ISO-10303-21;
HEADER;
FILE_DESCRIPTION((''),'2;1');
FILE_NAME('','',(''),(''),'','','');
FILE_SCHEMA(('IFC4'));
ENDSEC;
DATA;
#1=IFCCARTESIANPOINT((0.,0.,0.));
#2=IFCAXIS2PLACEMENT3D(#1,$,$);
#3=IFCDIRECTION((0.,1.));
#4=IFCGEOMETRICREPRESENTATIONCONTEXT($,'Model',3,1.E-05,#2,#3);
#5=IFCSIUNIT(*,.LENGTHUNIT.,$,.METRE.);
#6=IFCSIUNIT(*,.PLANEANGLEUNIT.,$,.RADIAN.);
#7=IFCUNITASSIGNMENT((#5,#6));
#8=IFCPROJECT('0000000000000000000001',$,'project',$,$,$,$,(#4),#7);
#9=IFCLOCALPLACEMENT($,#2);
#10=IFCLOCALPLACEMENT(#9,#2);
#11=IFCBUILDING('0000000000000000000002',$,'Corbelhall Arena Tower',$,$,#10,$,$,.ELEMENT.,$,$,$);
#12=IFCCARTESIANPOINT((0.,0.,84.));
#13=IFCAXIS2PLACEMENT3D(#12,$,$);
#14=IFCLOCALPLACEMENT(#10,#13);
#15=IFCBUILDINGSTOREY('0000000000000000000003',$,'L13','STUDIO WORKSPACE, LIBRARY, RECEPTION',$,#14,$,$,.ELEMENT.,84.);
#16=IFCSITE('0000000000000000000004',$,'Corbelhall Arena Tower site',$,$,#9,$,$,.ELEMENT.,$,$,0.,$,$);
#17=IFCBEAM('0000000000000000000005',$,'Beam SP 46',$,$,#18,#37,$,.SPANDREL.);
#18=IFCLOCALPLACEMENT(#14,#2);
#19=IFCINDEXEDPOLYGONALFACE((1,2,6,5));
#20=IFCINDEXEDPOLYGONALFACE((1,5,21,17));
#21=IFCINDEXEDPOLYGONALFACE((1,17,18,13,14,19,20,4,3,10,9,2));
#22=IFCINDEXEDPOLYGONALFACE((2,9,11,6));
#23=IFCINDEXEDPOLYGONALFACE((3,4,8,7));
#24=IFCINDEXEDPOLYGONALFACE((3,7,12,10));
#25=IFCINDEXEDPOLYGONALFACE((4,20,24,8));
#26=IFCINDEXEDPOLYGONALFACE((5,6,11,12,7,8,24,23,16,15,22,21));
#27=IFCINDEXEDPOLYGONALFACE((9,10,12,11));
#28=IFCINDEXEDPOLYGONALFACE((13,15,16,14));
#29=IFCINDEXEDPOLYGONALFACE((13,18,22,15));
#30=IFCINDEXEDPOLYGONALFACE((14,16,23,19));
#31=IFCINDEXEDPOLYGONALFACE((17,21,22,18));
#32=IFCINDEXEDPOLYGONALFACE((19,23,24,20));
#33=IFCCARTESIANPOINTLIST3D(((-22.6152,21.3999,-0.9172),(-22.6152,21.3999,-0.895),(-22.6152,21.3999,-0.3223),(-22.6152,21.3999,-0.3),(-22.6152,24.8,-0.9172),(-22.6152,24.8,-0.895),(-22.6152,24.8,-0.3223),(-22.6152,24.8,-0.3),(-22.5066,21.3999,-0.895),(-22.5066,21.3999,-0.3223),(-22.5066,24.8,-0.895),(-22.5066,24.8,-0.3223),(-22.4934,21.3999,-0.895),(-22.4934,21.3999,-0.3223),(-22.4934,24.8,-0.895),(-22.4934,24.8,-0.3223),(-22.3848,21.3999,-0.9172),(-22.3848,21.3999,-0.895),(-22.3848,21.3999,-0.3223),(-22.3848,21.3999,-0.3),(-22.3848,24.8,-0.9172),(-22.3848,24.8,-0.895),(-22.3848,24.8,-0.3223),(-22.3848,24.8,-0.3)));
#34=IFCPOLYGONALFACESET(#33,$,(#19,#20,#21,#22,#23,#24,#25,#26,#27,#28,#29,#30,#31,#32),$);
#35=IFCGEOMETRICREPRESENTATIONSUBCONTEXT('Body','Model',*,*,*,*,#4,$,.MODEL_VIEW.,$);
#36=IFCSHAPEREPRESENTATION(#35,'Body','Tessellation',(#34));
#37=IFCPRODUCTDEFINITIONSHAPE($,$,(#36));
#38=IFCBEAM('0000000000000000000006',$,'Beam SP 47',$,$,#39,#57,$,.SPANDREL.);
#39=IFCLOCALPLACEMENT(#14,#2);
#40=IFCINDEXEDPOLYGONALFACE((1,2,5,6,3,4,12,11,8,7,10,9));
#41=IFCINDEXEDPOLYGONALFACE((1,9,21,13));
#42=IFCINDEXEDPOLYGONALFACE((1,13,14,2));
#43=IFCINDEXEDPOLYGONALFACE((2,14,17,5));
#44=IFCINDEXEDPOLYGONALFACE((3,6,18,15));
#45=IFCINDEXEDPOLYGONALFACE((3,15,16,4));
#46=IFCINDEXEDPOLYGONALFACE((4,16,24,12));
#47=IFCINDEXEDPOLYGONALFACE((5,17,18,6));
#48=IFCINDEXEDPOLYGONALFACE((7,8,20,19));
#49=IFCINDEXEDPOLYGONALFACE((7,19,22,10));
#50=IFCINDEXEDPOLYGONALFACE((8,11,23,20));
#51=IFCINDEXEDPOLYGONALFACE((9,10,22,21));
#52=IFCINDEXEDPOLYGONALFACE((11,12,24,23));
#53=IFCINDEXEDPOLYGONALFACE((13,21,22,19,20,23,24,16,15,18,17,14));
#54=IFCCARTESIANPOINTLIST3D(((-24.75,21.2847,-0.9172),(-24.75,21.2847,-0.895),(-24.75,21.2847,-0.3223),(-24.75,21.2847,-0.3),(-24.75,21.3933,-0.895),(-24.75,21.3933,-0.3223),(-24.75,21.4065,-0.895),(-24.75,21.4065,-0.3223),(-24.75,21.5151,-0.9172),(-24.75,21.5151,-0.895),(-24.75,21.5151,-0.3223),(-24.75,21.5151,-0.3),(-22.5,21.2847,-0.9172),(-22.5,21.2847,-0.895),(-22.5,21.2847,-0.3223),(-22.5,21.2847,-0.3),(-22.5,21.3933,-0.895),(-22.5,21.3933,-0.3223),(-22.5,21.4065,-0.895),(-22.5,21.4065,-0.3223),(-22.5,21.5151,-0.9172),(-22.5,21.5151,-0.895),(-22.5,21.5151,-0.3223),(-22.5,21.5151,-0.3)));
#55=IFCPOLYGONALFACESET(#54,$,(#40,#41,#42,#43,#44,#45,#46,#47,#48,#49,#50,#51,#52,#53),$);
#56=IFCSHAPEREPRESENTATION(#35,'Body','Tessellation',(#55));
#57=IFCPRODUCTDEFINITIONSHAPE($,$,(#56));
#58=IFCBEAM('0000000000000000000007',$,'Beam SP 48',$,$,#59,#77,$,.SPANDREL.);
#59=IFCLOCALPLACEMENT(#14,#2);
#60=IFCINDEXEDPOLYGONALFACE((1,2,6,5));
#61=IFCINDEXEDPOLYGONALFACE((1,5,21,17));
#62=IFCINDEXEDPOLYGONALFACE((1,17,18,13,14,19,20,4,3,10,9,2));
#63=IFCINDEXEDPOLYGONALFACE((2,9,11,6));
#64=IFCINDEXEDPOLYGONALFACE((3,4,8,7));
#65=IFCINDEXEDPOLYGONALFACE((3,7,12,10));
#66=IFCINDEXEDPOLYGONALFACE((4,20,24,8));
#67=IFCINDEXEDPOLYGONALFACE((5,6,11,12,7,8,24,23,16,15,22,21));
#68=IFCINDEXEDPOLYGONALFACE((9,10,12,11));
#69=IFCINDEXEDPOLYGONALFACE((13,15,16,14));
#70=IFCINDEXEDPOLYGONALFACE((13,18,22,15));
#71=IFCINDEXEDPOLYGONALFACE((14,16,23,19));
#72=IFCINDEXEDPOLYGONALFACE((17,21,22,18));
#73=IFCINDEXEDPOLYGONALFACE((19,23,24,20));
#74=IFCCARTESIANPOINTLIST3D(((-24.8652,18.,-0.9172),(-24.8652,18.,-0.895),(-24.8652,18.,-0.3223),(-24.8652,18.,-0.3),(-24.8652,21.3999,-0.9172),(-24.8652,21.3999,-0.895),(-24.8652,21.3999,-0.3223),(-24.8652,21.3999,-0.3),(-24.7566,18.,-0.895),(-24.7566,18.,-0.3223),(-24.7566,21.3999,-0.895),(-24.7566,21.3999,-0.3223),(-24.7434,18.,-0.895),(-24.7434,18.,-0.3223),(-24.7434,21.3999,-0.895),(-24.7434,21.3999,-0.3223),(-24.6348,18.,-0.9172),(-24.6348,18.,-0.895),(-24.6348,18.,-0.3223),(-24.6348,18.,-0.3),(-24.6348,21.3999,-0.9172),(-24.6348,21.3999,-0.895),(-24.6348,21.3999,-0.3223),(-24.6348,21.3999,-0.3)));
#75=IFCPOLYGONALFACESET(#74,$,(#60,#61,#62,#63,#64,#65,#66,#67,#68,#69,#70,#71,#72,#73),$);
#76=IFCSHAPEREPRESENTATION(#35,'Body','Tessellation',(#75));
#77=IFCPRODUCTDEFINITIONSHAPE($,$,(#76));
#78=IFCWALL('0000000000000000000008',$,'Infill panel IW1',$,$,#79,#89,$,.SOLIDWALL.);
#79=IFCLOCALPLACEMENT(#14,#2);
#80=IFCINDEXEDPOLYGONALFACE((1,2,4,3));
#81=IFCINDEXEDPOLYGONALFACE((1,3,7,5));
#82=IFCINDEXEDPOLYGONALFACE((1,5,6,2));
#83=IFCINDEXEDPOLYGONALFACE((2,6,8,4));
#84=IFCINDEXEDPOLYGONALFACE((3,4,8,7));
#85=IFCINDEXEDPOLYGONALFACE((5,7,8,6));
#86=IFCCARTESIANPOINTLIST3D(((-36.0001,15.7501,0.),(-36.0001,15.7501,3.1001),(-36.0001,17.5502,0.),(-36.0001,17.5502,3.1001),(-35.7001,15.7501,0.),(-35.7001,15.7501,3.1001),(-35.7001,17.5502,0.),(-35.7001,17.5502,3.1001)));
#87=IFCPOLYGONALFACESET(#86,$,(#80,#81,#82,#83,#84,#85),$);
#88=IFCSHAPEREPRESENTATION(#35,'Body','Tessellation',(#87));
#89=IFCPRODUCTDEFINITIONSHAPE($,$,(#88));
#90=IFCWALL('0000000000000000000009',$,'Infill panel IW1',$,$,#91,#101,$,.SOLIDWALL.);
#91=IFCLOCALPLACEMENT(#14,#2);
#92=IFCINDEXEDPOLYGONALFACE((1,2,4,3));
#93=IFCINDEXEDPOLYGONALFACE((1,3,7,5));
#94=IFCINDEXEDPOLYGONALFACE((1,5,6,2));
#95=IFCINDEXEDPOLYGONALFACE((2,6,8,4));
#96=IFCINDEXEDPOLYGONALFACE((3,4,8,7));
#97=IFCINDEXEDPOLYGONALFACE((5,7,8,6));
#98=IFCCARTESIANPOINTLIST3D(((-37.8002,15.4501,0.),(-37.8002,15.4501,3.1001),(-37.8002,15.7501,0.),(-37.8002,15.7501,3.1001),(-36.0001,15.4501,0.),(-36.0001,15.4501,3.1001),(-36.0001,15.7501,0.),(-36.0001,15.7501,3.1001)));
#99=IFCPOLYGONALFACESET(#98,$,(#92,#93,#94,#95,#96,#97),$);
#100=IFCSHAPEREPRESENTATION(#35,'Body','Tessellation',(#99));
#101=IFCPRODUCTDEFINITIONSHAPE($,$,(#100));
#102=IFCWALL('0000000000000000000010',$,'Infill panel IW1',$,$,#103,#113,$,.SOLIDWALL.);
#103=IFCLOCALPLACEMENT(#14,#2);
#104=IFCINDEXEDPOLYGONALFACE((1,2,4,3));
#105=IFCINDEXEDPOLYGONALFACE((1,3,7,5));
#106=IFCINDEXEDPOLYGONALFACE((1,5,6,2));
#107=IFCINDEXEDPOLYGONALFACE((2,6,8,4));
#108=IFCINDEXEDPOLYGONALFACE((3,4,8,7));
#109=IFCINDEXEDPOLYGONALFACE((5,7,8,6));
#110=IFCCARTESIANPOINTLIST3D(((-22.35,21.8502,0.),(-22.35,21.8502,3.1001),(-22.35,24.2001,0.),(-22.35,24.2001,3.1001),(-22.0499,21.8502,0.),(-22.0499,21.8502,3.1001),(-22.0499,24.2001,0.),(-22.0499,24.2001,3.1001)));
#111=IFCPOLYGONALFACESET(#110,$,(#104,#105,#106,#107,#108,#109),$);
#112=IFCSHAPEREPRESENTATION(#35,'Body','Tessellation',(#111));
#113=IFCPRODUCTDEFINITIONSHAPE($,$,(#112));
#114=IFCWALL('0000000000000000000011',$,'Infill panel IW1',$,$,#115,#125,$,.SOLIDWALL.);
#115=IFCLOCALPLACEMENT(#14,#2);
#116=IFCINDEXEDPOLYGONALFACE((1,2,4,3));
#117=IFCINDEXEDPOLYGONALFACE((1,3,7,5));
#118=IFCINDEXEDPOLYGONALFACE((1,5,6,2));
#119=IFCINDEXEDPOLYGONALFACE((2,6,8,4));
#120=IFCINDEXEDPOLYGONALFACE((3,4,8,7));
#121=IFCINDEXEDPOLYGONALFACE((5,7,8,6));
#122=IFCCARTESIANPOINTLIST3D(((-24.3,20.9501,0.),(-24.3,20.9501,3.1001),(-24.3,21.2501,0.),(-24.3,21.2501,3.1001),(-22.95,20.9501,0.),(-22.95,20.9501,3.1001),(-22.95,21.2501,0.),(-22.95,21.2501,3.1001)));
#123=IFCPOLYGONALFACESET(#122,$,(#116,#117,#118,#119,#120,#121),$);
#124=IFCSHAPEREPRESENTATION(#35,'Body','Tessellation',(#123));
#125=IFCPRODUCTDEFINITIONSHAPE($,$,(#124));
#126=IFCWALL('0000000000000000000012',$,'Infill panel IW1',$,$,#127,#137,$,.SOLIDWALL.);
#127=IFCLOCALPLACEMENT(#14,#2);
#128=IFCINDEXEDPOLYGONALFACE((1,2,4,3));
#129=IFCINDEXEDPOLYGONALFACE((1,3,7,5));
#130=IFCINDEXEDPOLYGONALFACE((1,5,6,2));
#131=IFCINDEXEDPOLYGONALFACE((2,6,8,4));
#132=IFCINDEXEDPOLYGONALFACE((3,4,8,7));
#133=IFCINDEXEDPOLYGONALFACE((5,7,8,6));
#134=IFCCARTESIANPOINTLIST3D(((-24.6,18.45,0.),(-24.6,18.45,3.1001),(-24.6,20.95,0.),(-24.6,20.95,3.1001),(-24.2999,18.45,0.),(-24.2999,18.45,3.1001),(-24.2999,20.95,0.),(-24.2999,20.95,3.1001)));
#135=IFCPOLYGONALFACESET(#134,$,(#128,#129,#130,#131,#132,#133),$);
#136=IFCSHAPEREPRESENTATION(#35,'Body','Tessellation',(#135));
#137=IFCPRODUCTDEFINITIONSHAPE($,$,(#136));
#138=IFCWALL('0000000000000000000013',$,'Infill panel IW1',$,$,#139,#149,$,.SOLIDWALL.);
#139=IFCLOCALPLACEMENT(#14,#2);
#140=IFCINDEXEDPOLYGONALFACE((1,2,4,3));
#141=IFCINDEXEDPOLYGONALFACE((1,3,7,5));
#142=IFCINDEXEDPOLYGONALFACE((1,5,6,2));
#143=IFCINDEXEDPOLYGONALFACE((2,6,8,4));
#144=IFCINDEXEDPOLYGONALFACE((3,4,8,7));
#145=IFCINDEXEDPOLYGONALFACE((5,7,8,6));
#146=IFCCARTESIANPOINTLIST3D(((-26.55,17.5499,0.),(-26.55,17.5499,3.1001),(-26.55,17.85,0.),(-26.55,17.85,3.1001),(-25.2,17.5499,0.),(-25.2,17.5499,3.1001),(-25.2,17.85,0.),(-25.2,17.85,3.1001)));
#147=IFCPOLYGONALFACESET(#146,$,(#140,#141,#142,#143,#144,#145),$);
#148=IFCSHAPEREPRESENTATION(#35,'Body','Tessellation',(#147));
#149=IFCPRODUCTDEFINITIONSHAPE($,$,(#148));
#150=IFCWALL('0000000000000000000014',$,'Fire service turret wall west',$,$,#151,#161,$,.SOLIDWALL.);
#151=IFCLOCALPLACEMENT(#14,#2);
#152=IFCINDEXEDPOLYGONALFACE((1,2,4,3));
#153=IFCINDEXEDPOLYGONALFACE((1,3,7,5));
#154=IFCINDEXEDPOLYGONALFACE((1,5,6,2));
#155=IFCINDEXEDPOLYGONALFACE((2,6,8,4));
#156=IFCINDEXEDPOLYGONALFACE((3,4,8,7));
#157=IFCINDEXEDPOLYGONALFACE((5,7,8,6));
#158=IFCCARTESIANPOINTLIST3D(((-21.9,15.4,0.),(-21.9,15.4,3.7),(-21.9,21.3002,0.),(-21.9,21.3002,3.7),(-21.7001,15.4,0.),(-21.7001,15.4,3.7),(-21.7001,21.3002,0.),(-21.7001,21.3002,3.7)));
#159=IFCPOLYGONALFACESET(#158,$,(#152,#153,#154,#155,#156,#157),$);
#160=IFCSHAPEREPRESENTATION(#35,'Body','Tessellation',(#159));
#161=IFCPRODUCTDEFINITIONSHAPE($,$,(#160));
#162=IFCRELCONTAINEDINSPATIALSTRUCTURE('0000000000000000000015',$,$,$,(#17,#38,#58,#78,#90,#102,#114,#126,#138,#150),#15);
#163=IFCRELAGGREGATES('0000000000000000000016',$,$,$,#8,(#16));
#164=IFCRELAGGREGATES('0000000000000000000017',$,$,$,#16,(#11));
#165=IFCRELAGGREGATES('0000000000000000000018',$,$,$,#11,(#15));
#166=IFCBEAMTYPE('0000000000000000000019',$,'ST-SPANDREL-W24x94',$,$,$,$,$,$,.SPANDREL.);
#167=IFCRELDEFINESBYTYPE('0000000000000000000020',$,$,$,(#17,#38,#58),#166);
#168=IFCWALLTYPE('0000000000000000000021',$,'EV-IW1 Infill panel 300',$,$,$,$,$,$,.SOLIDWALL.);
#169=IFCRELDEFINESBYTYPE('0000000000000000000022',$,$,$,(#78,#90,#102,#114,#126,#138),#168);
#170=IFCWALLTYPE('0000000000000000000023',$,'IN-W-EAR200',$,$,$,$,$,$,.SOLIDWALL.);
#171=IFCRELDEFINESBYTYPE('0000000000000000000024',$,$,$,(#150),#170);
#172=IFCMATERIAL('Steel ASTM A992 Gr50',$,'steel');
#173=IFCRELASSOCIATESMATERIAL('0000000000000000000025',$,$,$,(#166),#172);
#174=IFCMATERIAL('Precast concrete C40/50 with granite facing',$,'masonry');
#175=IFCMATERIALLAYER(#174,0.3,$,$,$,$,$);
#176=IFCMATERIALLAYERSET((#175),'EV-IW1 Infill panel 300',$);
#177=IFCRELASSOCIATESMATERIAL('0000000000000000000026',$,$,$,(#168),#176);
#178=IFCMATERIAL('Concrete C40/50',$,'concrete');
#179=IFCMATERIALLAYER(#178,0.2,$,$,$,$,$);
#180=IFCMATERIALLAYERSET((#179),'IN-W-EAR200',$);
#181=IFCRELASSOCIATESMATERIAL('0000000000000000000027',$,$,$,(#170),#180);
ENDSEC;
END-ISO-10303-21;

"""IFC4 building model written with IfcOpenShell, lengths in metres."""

from ifc_helpers import new_model, si_unit, direction, frame, frame_2d, origin, origin_2d, place, context, subcontext, project, spatial, rectangle, i_section, extrude, material, layer, layer_set, material_profile, profile_set, type_object, element, save


model = new_model("IFC4")

# Units and contexts
model_context = context("Model", 3, precision=1e-05, world=origin(), true_north=direction((0.0, 1.0)))
body_context = subcontext(model_context, "Body", "Model", "MODEL_VIEW")
ifc_project = project(units=[si_unit("LENGTHUNIT", "METRE"), si_unit("PLANEANGLEUNIT", "RADIAN")], contexts=[model_context])

# Site, building, storey
site_placement = place(None, origin())
site = spatial("IfcSite", under=ifc_project, at=site_placement, Name="Corbelhall Arena Tower site", CompositionType="ELEMENT", RefElevation=0.0)
building_placement = place(site_placement, origin())
building = spatial("IfcBuilding", under=site, at=building_placement, Name="Corbelhall Arena Tower", CompositionType="ELEMENT")
storey_placement = place(building_placement, frame((0.0, 0.0, 84.0)))
storey = spatial("IfcBuildingStorey", under=building, at=storey_placement, Name="L13", Description="STUDIO WORKSPACE, LIBRARY, RECEPTION", CompositionType="ELEMENT", Elevation=84.0)

# Beams
ifc_material_1 = material(Name="Steel ASTM A992 Gr50", Category="steel")
ifc_material_profile_1 = material_profile(ifc_material_1, i_section(OverallWidth=0.2305, OverallDepth=0.6172, WebThickness=0.0132, FlangeThickness=0.0222, at=origin_2d()))
ifc_profile_set_1 = profile_set([ifc_material_profile_1], Name="Steel ASTM A992 Gr50")
beam_type = type_object("IfcBeamType", Name="ST-SPANDREL-W24x94", PredefinedType="SPANDREL", material=ifc_profile_set_1)
beam_1_placement = place(storey_placement, frame((-22.5, 21.3999, -0.6086), z_axis=(0.0, 1.0, 0.0), x_axis=(-1.0, 0.0, 0.0)))
element("IfcBeam", 1, at=beam_1_placement, inside=storey, type_object=beam_type, Name="Beam SP 46", PredefinedType="SPANDREL", context=body_context, shape_type="SweptSolid", body=[
    extrude(i_section(OverallWidth=0.2305, OverallDepth=0.6172, WebThickness=0.0132, FlangeThickness=0.0222, at=origin_2d()), origin(), (0.0, 0.0, 1.0), 3.4001),
])
beam_2_placement = place(storey_placement, frame((-24.75, 21.3999, -0.6086), z_axis=(1.0, 0.0, 0.0), x_axis=(0.0, 1.0, 0.0)))
element("IfcBeam", 2, at=beam_2_placement, inside=storey, type_object=beam_type, Name="Beam SP 47", PredefinedType="SPANDREL", context=body_context, shape_type="SweptSolid", body=[
    extrude(i_section(OverallWidth=0.2305, OverallDepth=0.6172, WebThickness=0.0132, FlangeThickness=0.0222, at=origin_2d()), origin(), (0.0, 0.0, 1.0), 2.25),
])
beam_3_placement = place(storey_placement, frame((-24.75, 18.0, -0.6086), z_axis=(0.0, 1.0, 0.0), x_axis=(-1.0, 0.0, 0.0)))
element("IfcBeam", 3, at=beam_3_placement, inside=storey, type_object=beam_type, Name="Beam SP 48", PredefinedType="SPANDREL", context=body_context, shape_type="SweptSolid", body=[
    extrude(i_section(OverallWidth=0.2305, OverallDepth=0.6172, WebThickness=0.0132, FlangeThickness=0.0222, at=origin_2d()), origin(), (0.0, 0.0, 1.0), 3.3999),
])

# Walls
ifc_material_2 = material(Name="Precast concrete C40/50 with granite facing", Category="masonry")
ifc_layer_1 = layer(ifc_material_2, 0.3)
ifc_layer_set_1 = layer_set([ifc_layer_1], Name="EV-IW1 Infill panel 300")
wall_type_1 = type_object("IfcWallType", Name="EV-IW1 Infill panel 300", PredefinedType="SOLIDWALL", material=ifc_layer_set_1)
for number, where, z_axis, x_axis, name in (
    (4, (-35.8501, 17.55, 0.0), (0.0, 0.0, 1.0), (0.0, -1.0, 0.0), "Infill panel IW1"),
    (5, (-37.8, 15.6001, 0.0), (0.0, 0.0, 1.0), (1.0, 0.0, 0.0), "Infill panel IW1"),
):
    element("IfcWall", number, at=place(storey_placement, frame(where, z_axis=z_axis, x_axis=x_axis)), inside=storey, type_object=wall_type_1, Name=name, PredefinedType="SOLIDWALL", context=body_context, shape_type="SweptSolid", body=[
        extrude(rectangle(XDim=1.8, YDim=0.3, at=frame_2d((0.8999, 0.0))), origin(), (0.0, 0.0, 1.0), 3.1001),
    ])
wall_1_placement = place(storey_placement, frame((-22.2, 24.2, 0.0), z_axis=(0.0, 0.0, 1.0), x_axis=(0.0, -1.0, 0.0)))
element("IfcWall", 6, at=wall_1_placement, inside=storey, type_object=wall_type_1, Name="Infill panel IW1", PredefinedType="SOLIDWALL", context=body_context, shape_type="SweptSolid", body=[
    extrude(rectangle(XDim=2.3499, YDim=0.3, at=frame_2d((1.1748, 0.0))), origin(), (0.0, 0.0, 1.0), 3.1001),
])
wall_2_placement = place(storey_placement, frame((-22.95, 21.1001, 0.0), z_axis=(0.0, 0.0, 1.0), x_axis=(-1.0, 0.0, 0.0)))
element("IfcWall", 7, at=wall_2_placement, inside=storey, type_object=wall_type_1, Name="Infill panel IW1", PredefinedType="SOLIDWALL", context=body_context, shape_type="SweptSolid", body=[
    extrude(rectangle(XDim=1.3501, YDim=0.3, at=frame_2d((0.675, 0.0))), origin(), (0.0, 0.0, 1.0), 3.1001),
])
wall_3_placement = place(storey_placement, frame((-24.45, 20.95, 0.0), z_axis=(0.0, 0.0, 1.0), x_axis=(0.0, -1.0, 0.0)))
element("IfcWall", 8, at=wall_3_placement, inside=storey, type_object=wall_type_1, Name="Infill panel IW1", PredefinedType="SOLIDWALL", context=body_context, shape_type="SweptSolid", body=[
    extrude(rectangle(XDim=2.5, YDim=0.3, at=frame_2d((1.25, 0.0))), origin(), (0.0, 0.0, 1.0), 3.1001),
])
wall_4_placement = place(storey_placement, frame((-25.2, 17.7, 0.0), z_axis=(0.0, 0.0, 1.0), x_axis=(-1.0, 0.0, 0.0)))
element("IfcWall", 9, at=wall_4_placement, inside=storey, type_object=wall_type_1, Name="Infill panel IW1", PredefinedType="SOLIDWALL", context=body_context, shape_type="SweptSolid", body=[
    extrude(rectangle(XDim=1.3501, YDim=0.3, at=frame_2d((0.675, 0.0))), origin(), (0.0, 0.0, 1.0), 3.1001),
])

# Shared definitions
ifc_material_3 = material(Name="Concrete C40/50", Category="concrete")
ifc_layer_2 = layer(ifc_material_3, 0.2)
ifc_layer_set_2 = layer_set([ifc_layer_2], Name="IN-W-EAR200")
wall_type_2 = type_object("IfcWallType", Name="IN-W-EAR200", PredefinedType="SOLIDWALL", material=ifc_layer_set_2)

# Wall
wall_5_placement = place(storey_placement, frame((-21.8, 15.3999, 0.0), z_axis=(0.0, 0.0, 1.0), x_axis=(0.0, 1.0, 0.0)))
element("IfcWall", 10, at=wall_5_placement, inside=storey, type_object=wall_type_2, Name="Fire service turret wall west", PredefinedType="SOLIDWALL", context=body_context, shape_type="SweptSolid", body=[
    extrude(rectangle(XDim=5.9001, YDim=0.2, at=frame_2d((2.9502, 0.0))), origin(), (0.0, 0.0, 1.0), 3.7),
])

save(model, "model.ifc")
